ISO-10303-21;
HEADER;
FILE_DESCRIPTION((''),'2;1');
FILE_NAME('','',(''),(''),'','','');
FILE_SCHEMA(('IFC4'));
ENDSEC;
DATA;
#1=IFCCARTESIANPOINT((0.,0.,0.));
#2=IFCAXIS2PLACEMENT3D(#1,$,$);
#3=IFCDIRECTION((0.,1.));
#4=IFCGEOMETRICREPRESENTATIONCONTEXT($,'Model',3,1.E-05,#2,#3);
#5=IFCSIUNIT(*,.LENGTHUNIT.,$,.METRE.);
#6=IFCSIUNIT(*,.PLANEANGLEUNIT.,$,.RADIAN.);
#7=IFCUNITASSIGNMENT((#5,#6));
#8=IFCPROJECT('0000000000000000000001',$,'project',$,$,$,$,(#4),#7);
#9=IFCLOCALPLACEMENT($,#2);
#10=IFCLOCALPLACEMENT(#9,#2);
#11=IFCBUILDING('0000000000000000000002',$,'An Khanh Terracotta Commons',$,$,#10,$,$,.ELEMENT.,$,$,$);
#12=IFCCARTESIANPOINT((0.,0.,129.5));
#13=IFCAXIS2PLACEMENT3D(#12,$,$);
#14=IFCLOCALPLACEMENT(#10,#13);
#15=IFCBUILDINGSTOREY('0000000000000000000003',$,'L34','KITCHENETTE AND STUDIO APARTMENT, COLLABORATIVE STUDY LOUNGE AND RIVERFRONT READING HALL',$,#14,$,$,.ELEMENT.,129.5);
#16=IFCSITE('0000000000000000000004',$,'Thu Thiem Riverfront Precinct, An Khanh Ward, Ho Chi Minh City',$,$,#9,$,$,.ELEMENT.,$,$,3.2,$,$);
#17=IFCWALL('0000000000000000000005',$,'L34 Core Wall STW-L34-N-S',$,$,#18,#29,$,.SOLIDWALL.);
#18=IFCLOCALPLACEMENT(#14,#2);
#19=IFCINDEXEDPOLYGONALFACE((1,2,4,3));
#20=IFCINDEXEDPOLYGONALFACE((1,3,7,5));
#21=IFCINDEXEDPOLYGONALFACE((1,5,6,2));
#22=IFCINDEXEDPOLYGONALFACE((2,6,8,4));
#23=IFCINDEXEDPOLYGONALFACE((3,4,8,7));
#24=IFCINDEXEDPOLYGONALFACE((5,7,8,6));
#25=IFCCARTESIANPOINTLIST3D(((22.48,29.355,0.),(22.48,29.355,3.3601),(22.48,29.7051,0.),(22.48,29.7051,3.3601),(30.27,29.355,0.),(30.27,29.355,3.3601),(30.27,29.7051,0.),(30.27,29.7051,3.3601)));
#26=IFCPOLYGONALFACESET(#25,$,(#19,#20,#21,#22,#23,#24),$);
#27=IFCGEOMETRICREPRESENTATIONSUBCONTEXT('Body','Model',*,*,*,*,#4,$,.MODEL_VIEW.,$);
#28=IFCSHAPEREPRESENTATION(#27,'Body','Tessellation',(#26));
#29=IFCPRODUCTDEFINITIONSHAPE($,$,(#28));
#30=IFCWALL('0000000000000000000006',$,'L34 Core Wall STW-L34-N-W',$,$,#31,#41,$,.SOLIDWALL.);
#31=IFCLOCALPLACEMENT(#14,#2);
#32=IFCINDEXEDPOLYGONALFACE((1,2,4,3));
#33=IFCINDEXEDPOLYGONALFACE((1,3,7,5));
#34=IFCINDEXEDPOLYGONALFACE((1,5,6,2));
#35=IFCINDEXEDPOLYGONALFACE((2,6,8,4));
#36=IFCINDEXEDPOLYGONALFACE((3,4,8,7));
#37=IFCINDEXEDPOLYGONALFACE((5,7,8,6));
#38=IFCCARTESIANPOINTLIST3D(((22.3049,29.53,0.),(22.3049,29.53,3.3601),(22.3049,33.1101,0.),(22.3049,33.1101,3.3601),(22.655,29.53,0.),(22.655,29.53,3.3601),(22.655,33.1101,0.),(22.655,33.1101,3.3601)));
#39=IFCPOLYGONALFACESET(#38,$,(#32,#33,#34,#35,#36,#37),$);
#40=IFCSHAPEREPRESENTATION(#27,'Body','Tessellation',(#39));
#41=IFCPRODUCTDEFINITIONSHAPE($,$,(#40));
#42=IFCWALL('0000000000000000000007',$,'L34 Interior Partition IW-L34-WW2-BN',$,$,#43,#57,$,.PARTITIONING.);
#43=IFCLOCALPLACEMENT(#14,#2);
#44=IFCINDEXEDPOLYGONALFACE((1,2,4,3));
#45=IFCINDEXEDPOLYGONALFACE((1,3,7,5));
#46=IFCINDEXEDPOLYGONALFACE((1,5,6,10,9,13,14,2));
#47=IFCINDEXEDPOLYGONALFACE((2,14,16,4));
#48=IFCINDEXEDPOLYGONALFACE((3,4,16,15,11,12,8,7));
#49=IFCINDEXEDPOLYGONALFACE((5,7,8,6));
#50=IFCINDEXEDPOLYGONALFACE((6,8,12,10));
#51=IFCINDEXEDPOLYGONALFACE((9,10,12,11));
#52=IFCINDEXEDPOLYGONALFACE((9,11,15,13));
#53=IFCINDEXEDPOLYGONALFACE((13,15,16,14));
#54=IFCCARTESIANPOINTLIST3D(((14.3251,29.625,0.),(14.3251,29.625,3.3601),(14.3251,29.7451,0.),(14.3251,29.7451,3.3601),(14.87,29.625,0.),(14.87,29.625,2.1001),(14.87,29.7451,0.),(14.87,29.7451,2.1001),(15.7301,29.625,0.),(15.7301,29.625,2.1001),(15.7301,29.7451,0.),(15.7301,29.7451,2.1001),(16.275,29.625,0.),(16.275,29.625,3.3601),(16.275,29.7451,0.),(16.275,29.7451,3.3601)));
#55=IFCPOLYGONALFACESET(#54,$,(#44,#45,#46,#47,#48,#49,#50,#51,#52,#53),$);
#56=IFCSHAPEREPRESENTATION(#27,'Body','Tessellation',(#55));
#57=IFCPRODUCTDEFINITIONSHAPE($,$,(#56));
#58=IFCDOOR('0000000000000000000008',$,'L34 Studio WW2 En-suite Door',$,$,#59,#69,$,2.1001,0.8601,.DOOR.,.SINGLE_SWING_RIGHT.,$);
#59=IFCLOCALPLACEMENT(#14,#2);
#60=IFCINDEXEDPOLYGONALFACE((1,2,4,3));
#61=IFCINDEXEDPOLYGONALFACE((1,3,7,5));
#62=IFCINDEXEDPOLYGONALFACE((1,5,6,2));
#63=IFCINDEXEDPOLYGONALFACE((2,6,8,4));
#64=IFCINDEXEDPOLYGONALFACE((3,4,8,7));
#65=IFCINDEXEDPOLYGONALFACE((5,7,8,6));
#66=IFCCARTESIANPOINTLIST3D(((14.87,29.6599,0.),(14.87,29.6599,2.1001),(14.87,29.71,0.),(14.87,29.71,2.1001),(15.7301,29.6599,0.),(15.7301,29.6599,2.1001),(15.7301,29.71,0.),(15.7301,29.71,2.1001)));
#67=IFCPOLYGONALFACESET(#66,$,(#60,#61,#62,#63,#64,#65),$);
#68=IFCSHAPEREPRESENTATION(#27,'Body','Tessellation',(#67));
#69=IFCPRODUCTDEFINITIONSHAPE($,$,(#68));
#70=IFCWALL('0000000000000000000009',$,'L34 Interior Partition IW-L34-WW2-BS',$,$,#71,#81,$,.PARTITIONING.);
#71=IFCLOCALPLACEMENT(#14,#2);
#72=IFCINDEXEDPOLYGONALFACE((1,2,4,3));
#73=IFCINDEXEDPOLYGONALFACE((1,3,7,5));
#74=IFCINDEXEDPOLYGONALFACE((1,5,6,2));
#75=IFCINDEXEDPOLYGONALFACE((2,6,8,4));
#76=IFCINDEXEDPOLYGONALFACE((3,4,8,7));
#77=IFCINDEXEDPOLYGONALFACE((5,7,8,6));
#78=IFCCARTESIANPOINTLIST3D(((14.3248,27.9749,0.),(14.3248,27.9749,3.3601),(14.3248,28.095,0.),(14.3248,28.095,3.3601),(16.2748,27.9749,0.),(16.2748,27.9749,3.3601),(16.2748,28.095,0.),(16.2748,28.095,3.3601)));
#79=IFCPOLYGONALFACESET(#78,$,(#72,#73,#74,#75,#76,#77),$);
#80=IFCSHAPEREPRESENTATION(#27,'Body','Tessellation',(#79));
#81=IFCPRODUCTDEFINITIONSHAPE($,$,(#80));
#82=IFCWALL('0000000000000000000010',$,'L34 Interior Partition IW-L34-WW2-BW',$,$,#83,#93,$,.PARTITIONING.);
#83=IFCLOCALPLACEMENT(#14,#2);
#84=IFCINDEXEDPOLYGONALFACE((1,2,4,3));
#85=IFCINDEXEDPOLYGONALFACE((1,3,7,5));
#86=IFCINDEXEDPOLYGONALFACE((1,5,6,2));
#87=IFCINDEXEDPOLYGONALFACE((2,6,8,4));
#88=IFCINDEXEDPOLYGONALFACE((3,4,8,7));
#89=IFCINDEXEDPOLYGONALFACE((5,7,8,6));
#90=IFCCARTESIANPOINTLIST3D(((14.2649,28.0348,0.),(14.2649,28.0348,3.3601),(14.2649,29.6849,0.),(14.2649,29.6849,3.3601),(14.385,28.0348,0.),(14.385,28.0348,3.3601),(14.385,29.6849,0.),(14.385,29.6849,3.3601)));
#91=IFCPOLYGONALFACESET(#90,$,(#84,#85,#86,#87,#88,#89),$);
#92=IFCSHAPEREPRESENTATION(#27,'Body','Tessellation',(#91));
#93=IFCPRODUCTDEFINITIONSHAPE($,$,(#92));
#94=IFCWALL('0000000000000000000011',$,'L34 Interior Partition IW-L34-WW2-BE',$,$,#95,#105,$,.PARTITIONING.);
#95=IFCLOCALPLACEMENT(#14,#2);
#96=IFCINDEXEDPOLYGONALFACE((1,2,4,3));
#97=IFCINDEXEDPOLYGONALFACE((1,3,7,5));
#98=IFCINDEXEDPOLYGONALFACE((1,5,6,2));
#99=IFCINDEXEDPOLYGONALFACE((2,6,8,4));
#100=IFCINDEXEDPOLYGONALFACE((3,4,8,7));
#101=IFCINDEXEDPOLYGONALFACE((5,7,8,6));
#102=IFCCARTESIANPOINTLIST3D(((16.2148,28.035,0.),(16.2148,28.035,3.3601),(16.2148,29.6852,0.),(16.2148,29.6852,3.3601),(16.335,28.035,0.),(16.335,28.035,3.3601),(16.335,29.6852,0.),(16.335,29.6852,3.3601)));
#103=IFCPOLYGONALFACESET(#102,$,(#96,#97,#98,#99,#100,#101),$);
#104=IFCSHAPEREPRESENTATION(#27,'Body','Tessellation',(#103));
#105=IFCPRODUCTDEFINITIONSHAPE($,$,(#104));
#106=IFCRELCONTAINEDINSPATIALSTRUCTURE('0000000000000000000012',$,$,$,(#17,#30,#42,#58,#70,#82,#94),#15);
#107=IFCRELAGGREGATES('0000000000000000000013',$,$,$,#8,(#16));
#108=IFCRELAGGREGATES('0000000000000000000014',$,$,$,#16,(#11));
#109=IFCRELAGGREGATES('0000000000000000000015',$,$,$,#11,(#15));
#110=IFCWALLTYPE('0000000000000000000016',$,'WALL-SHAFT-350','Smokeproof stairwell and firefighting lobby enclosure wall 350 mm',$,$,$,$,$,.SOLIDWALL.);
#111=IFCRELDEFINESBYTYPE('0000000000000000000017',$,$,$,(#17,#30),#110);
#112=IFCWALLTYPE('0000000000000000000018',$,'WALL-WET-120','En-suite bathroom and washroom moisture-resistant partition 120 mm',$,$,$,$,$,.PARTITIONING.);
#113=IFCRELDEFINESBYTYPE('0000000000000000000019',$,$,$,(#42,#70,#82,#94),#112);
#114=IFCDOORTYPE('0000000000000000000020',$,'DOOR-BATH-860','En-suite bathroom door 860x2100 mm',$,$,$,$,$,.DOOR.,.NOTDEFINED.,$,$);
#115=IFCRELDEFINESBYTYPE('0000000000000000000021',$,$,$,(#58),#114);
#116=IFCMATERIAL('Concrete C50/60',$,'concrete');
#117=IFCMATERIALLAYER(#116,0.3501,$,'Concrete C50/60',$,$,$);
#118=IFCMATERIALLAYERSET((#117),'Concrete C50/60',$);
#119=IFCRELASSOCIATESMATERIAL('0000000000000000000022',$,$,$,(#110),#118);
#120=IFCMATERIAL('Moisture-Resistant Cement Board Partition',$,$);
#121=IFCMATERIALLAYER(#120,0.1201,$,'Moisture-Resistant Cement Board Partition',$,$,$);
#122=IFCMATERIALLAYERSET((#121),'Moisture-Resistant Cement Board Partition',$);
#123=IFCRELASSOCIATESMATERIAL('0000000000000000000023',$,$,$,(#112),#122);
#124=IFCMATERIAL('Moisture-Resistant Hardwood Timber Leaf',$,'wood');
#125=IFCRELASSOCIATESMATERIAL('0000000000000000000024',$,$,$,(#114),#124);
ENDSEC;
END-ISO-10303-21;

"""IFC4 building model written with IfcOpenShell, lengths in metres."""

from ifc_helpers import new_model, si_unit, direction, frame, frame_2d, origin, place, context, subcontext, project, spatial, rectangle, extrude, material, layer, layer_set, type_object, element, fill, save


model = new_model("IFC4")

# Units and contexts
model_context = context("Model", 3, precision=1e-05, world=origin(), true_north=direction((0.0, 1.0)))
body_context = subcontext(model_context, "Body", "Model", "MODEL_VIEW")
ifc_project = project(units=[si_unit("LENGTHUNIT", "METRE"), si_unit("PLANEANGLEUNIT", "RADIAN")], contexts=[model_context])

# Site, building, storey
site_placement = place(None, origin())
site = spatial("IfcSite", under=ifc_project, at=site_placement, Name="Thu Thiem Riverfront Precinct, An Khanh Ward, Ho Chi Minh City", CompositionType="ELEMENT", RefElevation=3.2)
building_placement = place(site_placement, origin())
building = spatial("IfcBuilding", under=site, at=building_placement, Name="An Khanh Terracotta Commons", CompositionType="ELEMENT")
storey_placement = place(building_placement, frame((0.0, 0.0, 129.5)))
storey = spatial("IfcBuildingStorey", under=building, at=storey_placement, Name="L34", Description="KITCHENETTE AND STUDIO APARTMENT, COLLABORATIVE STUDY LOUNGE AND RIVERFRONT READING HALL", CompositionType="ELEMENT", Elevation=129.5)

# Walls
ifc_material_1 = material(Name="Concrete C50/60", Category="concrete")
ifc_layer_1 = layer(ifc_material_1, 0.3501, Name="Concrete C50/60")
ifc_layer_set_1 = layer_set([ifc_layer_1], Name="Concrete C50/60")
wall_type_1 = type_object("IfcWallType", Name="WALL-SHAFT-350", Description="Smokeproof stairwell and firefighting lobby enclosure wall 350 mm", PredefinedType="SOLIDWALL", material=ifc_layer_set_1)
wall_1_placement = place(storey_placement, frame((22.48, 29.53, 0.0), z_axis=(0.0, 0.0, 1.0), x_axis=(1.0, 0.0, 0.0)))
element("IfcWall", 1, at=wall_1_placement, inside=storey, type_object=wall_type_1, Name="L34 Core Wall STW-L34-N-S", PredefinedType="SOLIDWALL", context=body_context, shape_type="SweptSolid", body=[
    extrude(rectangle(XDim=7.79, YDim=0.3501, at=frame_2d((3.895, 0.0))), origin(), (0.0, 0.0, 1.0), 3.3601),
])
wall_2_placement = place(storey_placement, frame((22.48, 29.53, 0.0), z_axis=(0.0, 0.0, 1.0), x_axis=(0.0, 1.0, 0.0)))
element("IfcWall", 2, at=wall_2_placement, inside=storey, type_object=wall_type_1, Name="L34 Core Wall STW-L34-N-W", PredefinedType="SOLIDWALL", context=body_context, shape_type="SweptSolid", body=[
    extrude(rectangle(XDim=3.5801, YDim=0.3501, at=frame_2d((1.79, 0.0))), origin(), (0.0, 0.0, 1.0), 3.3601),
])

# Wall, opening, door
ifc_material_2 = material(Name="Moisture-Resistant Cement Board Partition")
ifc_layer_2 = layer(ifc_material_2, 0.1201, Name="Moisture-Resistant Cement Board Partition")
ifc_layer_set_2 = layer_set([ifc_layer_2], Name="Moisture-Resistant Cement Board Partition")
wall_type_2 = type_object("IfcWallType", Name="WALL-WET-120", Description="En-suite bathroom and washroom moisture-resistant partition 120 mm", PredefinedType="PARTITIONING", material=ifc_layer_set_2)
wall_3_placement = place(storey_placement, frame((14.325, 29.6851, 0.0), z_axis=(0.0, 0.0, 1.0), x_axis=(1.0, 0.0, 0.0)))
wall_3 = element("IfcWall", 3, at=wall_3_placement, inside=storey, type_object=wall_type_2, Name="L34 Interior Partition IW-L34-WW2-BN", PredefinedType="PARTITIONING", context=body_context, shape_type="SweptSolid", body=[
    extrude(rectangle(XDim=1.95, YDim=0.1201, at=frame_2d((0.9751, 0.0))), origin(), (0.0, 0.0, 1.0), 3.3601),
])
opening_1_placement = place(wall_3_placement, frame((0.5449, 0.0, 0.0)))
opening_1 = element("IfcOpeningElement", 4, at=opening_1_placement, cuts=wall_3, PredefinedType="OPENING", context=body_context, shape_type="SweptSolid", body=[
    extrude(rectangle(XDim=0.8601, YDim=2.1001, at=frame_2d((0.4302, 1.05))), frame((0.0, 0.0701, 0.0), z_axis=(0.0, -1.0, 0.0), x_axis=(1.0, 0.0, 0.0)), (0.0, 0.0, 1.0), 0.1401),
])
ifc_material_3 = material(Name="Moisture-Resistant Hardwood Timber Leaf", Category="wood")
door_type_1 = type_object("IfcDoorType", Name="DOOR-BATH-860", Description="En-suite bathroom door 860x2100 mm", OperationType="NOTDEFINED", PredefinedType="DOOR", material=ifc_material_3)
door_1_placement = place(opening_1_placement, origin())
door_1 = element("IfcDoor", 5, at=door_1_placement, inside=storey, type_object=door_type_1, Name="L34 Studio WW2 En-suite Door", OperationType="SINGLE_SWING_RIGHT", OverallHeight=2.1001, OverallWidth=0.8601, PredefinedType="DOOR", context=body_context, shape_type="SweptSolid", body=[
    extrude(rectangle(XDim=0.8601, YDim=2.1001, at=frame_2d((0.4302, 1.05))), frame((0.0, 0.0249, 0.0), z_axis=(0.0, -1.0, 0.0), x_axis=(1.0, 0.0, 0.0)), (0.0, 0.0, 1.0), 0.05),
])
fill(opening_1, door_1)

# Walls
wall_4_placement = place(storey_placement, frame((16.2749, 28.0349, 0.0), z_axis=(0.0, 0.0, 1.0), x_axis=(-1.0, 0.0, 0.0)))
element("IfcWall", 6, at=wall_4_placement, inside=storey, type_object=wall_type_2, Name="L34 Interior Partition IW-L34-WW2-BS", PredefinedType="PARTITIONING", context=body_context, shape_type="SweptSolid", body=[
    extrude(rectangle(XDim=1.95, YDim=0.1201, at=frame_2d((0.9751, 0.0))), origin(), (0.0, 0.0, 1.0), 3.3601),
])
for number, where, z_axis, x_axis, name in (
    (7, (14.325, 29.6851, 0.0), (0.0, 0.0, 1.0), (0.0, -1.0, 0.0), "L34 Interior Partition IW-L34-WW2-BW"),
    (8, (16.2749, 28.0349, 0.0), (0.0, 0.0, 1.0), (0.0, 1.0, 0.0), "L34 Interior Partition IW-L34-WW2-BE"),
):
    element("IfcWall", number, at=place(storey_placement, frame(where, z_axis=z_axis, x_axis=x_axis)), inside=storey, type_object=wall_type_2, Name=name, PredefinedType="PARTITIONING", context=body_context, shape_type="SweptSolid", body=[
        extrude(rectangle(XDim=1.6501, YDim=0.1201, at=frame_2d((0.8252, 0.0))), origin(), (0.0, 0.0, 1.0), 3.3601),
    ])

save(model, "model.ifc")
